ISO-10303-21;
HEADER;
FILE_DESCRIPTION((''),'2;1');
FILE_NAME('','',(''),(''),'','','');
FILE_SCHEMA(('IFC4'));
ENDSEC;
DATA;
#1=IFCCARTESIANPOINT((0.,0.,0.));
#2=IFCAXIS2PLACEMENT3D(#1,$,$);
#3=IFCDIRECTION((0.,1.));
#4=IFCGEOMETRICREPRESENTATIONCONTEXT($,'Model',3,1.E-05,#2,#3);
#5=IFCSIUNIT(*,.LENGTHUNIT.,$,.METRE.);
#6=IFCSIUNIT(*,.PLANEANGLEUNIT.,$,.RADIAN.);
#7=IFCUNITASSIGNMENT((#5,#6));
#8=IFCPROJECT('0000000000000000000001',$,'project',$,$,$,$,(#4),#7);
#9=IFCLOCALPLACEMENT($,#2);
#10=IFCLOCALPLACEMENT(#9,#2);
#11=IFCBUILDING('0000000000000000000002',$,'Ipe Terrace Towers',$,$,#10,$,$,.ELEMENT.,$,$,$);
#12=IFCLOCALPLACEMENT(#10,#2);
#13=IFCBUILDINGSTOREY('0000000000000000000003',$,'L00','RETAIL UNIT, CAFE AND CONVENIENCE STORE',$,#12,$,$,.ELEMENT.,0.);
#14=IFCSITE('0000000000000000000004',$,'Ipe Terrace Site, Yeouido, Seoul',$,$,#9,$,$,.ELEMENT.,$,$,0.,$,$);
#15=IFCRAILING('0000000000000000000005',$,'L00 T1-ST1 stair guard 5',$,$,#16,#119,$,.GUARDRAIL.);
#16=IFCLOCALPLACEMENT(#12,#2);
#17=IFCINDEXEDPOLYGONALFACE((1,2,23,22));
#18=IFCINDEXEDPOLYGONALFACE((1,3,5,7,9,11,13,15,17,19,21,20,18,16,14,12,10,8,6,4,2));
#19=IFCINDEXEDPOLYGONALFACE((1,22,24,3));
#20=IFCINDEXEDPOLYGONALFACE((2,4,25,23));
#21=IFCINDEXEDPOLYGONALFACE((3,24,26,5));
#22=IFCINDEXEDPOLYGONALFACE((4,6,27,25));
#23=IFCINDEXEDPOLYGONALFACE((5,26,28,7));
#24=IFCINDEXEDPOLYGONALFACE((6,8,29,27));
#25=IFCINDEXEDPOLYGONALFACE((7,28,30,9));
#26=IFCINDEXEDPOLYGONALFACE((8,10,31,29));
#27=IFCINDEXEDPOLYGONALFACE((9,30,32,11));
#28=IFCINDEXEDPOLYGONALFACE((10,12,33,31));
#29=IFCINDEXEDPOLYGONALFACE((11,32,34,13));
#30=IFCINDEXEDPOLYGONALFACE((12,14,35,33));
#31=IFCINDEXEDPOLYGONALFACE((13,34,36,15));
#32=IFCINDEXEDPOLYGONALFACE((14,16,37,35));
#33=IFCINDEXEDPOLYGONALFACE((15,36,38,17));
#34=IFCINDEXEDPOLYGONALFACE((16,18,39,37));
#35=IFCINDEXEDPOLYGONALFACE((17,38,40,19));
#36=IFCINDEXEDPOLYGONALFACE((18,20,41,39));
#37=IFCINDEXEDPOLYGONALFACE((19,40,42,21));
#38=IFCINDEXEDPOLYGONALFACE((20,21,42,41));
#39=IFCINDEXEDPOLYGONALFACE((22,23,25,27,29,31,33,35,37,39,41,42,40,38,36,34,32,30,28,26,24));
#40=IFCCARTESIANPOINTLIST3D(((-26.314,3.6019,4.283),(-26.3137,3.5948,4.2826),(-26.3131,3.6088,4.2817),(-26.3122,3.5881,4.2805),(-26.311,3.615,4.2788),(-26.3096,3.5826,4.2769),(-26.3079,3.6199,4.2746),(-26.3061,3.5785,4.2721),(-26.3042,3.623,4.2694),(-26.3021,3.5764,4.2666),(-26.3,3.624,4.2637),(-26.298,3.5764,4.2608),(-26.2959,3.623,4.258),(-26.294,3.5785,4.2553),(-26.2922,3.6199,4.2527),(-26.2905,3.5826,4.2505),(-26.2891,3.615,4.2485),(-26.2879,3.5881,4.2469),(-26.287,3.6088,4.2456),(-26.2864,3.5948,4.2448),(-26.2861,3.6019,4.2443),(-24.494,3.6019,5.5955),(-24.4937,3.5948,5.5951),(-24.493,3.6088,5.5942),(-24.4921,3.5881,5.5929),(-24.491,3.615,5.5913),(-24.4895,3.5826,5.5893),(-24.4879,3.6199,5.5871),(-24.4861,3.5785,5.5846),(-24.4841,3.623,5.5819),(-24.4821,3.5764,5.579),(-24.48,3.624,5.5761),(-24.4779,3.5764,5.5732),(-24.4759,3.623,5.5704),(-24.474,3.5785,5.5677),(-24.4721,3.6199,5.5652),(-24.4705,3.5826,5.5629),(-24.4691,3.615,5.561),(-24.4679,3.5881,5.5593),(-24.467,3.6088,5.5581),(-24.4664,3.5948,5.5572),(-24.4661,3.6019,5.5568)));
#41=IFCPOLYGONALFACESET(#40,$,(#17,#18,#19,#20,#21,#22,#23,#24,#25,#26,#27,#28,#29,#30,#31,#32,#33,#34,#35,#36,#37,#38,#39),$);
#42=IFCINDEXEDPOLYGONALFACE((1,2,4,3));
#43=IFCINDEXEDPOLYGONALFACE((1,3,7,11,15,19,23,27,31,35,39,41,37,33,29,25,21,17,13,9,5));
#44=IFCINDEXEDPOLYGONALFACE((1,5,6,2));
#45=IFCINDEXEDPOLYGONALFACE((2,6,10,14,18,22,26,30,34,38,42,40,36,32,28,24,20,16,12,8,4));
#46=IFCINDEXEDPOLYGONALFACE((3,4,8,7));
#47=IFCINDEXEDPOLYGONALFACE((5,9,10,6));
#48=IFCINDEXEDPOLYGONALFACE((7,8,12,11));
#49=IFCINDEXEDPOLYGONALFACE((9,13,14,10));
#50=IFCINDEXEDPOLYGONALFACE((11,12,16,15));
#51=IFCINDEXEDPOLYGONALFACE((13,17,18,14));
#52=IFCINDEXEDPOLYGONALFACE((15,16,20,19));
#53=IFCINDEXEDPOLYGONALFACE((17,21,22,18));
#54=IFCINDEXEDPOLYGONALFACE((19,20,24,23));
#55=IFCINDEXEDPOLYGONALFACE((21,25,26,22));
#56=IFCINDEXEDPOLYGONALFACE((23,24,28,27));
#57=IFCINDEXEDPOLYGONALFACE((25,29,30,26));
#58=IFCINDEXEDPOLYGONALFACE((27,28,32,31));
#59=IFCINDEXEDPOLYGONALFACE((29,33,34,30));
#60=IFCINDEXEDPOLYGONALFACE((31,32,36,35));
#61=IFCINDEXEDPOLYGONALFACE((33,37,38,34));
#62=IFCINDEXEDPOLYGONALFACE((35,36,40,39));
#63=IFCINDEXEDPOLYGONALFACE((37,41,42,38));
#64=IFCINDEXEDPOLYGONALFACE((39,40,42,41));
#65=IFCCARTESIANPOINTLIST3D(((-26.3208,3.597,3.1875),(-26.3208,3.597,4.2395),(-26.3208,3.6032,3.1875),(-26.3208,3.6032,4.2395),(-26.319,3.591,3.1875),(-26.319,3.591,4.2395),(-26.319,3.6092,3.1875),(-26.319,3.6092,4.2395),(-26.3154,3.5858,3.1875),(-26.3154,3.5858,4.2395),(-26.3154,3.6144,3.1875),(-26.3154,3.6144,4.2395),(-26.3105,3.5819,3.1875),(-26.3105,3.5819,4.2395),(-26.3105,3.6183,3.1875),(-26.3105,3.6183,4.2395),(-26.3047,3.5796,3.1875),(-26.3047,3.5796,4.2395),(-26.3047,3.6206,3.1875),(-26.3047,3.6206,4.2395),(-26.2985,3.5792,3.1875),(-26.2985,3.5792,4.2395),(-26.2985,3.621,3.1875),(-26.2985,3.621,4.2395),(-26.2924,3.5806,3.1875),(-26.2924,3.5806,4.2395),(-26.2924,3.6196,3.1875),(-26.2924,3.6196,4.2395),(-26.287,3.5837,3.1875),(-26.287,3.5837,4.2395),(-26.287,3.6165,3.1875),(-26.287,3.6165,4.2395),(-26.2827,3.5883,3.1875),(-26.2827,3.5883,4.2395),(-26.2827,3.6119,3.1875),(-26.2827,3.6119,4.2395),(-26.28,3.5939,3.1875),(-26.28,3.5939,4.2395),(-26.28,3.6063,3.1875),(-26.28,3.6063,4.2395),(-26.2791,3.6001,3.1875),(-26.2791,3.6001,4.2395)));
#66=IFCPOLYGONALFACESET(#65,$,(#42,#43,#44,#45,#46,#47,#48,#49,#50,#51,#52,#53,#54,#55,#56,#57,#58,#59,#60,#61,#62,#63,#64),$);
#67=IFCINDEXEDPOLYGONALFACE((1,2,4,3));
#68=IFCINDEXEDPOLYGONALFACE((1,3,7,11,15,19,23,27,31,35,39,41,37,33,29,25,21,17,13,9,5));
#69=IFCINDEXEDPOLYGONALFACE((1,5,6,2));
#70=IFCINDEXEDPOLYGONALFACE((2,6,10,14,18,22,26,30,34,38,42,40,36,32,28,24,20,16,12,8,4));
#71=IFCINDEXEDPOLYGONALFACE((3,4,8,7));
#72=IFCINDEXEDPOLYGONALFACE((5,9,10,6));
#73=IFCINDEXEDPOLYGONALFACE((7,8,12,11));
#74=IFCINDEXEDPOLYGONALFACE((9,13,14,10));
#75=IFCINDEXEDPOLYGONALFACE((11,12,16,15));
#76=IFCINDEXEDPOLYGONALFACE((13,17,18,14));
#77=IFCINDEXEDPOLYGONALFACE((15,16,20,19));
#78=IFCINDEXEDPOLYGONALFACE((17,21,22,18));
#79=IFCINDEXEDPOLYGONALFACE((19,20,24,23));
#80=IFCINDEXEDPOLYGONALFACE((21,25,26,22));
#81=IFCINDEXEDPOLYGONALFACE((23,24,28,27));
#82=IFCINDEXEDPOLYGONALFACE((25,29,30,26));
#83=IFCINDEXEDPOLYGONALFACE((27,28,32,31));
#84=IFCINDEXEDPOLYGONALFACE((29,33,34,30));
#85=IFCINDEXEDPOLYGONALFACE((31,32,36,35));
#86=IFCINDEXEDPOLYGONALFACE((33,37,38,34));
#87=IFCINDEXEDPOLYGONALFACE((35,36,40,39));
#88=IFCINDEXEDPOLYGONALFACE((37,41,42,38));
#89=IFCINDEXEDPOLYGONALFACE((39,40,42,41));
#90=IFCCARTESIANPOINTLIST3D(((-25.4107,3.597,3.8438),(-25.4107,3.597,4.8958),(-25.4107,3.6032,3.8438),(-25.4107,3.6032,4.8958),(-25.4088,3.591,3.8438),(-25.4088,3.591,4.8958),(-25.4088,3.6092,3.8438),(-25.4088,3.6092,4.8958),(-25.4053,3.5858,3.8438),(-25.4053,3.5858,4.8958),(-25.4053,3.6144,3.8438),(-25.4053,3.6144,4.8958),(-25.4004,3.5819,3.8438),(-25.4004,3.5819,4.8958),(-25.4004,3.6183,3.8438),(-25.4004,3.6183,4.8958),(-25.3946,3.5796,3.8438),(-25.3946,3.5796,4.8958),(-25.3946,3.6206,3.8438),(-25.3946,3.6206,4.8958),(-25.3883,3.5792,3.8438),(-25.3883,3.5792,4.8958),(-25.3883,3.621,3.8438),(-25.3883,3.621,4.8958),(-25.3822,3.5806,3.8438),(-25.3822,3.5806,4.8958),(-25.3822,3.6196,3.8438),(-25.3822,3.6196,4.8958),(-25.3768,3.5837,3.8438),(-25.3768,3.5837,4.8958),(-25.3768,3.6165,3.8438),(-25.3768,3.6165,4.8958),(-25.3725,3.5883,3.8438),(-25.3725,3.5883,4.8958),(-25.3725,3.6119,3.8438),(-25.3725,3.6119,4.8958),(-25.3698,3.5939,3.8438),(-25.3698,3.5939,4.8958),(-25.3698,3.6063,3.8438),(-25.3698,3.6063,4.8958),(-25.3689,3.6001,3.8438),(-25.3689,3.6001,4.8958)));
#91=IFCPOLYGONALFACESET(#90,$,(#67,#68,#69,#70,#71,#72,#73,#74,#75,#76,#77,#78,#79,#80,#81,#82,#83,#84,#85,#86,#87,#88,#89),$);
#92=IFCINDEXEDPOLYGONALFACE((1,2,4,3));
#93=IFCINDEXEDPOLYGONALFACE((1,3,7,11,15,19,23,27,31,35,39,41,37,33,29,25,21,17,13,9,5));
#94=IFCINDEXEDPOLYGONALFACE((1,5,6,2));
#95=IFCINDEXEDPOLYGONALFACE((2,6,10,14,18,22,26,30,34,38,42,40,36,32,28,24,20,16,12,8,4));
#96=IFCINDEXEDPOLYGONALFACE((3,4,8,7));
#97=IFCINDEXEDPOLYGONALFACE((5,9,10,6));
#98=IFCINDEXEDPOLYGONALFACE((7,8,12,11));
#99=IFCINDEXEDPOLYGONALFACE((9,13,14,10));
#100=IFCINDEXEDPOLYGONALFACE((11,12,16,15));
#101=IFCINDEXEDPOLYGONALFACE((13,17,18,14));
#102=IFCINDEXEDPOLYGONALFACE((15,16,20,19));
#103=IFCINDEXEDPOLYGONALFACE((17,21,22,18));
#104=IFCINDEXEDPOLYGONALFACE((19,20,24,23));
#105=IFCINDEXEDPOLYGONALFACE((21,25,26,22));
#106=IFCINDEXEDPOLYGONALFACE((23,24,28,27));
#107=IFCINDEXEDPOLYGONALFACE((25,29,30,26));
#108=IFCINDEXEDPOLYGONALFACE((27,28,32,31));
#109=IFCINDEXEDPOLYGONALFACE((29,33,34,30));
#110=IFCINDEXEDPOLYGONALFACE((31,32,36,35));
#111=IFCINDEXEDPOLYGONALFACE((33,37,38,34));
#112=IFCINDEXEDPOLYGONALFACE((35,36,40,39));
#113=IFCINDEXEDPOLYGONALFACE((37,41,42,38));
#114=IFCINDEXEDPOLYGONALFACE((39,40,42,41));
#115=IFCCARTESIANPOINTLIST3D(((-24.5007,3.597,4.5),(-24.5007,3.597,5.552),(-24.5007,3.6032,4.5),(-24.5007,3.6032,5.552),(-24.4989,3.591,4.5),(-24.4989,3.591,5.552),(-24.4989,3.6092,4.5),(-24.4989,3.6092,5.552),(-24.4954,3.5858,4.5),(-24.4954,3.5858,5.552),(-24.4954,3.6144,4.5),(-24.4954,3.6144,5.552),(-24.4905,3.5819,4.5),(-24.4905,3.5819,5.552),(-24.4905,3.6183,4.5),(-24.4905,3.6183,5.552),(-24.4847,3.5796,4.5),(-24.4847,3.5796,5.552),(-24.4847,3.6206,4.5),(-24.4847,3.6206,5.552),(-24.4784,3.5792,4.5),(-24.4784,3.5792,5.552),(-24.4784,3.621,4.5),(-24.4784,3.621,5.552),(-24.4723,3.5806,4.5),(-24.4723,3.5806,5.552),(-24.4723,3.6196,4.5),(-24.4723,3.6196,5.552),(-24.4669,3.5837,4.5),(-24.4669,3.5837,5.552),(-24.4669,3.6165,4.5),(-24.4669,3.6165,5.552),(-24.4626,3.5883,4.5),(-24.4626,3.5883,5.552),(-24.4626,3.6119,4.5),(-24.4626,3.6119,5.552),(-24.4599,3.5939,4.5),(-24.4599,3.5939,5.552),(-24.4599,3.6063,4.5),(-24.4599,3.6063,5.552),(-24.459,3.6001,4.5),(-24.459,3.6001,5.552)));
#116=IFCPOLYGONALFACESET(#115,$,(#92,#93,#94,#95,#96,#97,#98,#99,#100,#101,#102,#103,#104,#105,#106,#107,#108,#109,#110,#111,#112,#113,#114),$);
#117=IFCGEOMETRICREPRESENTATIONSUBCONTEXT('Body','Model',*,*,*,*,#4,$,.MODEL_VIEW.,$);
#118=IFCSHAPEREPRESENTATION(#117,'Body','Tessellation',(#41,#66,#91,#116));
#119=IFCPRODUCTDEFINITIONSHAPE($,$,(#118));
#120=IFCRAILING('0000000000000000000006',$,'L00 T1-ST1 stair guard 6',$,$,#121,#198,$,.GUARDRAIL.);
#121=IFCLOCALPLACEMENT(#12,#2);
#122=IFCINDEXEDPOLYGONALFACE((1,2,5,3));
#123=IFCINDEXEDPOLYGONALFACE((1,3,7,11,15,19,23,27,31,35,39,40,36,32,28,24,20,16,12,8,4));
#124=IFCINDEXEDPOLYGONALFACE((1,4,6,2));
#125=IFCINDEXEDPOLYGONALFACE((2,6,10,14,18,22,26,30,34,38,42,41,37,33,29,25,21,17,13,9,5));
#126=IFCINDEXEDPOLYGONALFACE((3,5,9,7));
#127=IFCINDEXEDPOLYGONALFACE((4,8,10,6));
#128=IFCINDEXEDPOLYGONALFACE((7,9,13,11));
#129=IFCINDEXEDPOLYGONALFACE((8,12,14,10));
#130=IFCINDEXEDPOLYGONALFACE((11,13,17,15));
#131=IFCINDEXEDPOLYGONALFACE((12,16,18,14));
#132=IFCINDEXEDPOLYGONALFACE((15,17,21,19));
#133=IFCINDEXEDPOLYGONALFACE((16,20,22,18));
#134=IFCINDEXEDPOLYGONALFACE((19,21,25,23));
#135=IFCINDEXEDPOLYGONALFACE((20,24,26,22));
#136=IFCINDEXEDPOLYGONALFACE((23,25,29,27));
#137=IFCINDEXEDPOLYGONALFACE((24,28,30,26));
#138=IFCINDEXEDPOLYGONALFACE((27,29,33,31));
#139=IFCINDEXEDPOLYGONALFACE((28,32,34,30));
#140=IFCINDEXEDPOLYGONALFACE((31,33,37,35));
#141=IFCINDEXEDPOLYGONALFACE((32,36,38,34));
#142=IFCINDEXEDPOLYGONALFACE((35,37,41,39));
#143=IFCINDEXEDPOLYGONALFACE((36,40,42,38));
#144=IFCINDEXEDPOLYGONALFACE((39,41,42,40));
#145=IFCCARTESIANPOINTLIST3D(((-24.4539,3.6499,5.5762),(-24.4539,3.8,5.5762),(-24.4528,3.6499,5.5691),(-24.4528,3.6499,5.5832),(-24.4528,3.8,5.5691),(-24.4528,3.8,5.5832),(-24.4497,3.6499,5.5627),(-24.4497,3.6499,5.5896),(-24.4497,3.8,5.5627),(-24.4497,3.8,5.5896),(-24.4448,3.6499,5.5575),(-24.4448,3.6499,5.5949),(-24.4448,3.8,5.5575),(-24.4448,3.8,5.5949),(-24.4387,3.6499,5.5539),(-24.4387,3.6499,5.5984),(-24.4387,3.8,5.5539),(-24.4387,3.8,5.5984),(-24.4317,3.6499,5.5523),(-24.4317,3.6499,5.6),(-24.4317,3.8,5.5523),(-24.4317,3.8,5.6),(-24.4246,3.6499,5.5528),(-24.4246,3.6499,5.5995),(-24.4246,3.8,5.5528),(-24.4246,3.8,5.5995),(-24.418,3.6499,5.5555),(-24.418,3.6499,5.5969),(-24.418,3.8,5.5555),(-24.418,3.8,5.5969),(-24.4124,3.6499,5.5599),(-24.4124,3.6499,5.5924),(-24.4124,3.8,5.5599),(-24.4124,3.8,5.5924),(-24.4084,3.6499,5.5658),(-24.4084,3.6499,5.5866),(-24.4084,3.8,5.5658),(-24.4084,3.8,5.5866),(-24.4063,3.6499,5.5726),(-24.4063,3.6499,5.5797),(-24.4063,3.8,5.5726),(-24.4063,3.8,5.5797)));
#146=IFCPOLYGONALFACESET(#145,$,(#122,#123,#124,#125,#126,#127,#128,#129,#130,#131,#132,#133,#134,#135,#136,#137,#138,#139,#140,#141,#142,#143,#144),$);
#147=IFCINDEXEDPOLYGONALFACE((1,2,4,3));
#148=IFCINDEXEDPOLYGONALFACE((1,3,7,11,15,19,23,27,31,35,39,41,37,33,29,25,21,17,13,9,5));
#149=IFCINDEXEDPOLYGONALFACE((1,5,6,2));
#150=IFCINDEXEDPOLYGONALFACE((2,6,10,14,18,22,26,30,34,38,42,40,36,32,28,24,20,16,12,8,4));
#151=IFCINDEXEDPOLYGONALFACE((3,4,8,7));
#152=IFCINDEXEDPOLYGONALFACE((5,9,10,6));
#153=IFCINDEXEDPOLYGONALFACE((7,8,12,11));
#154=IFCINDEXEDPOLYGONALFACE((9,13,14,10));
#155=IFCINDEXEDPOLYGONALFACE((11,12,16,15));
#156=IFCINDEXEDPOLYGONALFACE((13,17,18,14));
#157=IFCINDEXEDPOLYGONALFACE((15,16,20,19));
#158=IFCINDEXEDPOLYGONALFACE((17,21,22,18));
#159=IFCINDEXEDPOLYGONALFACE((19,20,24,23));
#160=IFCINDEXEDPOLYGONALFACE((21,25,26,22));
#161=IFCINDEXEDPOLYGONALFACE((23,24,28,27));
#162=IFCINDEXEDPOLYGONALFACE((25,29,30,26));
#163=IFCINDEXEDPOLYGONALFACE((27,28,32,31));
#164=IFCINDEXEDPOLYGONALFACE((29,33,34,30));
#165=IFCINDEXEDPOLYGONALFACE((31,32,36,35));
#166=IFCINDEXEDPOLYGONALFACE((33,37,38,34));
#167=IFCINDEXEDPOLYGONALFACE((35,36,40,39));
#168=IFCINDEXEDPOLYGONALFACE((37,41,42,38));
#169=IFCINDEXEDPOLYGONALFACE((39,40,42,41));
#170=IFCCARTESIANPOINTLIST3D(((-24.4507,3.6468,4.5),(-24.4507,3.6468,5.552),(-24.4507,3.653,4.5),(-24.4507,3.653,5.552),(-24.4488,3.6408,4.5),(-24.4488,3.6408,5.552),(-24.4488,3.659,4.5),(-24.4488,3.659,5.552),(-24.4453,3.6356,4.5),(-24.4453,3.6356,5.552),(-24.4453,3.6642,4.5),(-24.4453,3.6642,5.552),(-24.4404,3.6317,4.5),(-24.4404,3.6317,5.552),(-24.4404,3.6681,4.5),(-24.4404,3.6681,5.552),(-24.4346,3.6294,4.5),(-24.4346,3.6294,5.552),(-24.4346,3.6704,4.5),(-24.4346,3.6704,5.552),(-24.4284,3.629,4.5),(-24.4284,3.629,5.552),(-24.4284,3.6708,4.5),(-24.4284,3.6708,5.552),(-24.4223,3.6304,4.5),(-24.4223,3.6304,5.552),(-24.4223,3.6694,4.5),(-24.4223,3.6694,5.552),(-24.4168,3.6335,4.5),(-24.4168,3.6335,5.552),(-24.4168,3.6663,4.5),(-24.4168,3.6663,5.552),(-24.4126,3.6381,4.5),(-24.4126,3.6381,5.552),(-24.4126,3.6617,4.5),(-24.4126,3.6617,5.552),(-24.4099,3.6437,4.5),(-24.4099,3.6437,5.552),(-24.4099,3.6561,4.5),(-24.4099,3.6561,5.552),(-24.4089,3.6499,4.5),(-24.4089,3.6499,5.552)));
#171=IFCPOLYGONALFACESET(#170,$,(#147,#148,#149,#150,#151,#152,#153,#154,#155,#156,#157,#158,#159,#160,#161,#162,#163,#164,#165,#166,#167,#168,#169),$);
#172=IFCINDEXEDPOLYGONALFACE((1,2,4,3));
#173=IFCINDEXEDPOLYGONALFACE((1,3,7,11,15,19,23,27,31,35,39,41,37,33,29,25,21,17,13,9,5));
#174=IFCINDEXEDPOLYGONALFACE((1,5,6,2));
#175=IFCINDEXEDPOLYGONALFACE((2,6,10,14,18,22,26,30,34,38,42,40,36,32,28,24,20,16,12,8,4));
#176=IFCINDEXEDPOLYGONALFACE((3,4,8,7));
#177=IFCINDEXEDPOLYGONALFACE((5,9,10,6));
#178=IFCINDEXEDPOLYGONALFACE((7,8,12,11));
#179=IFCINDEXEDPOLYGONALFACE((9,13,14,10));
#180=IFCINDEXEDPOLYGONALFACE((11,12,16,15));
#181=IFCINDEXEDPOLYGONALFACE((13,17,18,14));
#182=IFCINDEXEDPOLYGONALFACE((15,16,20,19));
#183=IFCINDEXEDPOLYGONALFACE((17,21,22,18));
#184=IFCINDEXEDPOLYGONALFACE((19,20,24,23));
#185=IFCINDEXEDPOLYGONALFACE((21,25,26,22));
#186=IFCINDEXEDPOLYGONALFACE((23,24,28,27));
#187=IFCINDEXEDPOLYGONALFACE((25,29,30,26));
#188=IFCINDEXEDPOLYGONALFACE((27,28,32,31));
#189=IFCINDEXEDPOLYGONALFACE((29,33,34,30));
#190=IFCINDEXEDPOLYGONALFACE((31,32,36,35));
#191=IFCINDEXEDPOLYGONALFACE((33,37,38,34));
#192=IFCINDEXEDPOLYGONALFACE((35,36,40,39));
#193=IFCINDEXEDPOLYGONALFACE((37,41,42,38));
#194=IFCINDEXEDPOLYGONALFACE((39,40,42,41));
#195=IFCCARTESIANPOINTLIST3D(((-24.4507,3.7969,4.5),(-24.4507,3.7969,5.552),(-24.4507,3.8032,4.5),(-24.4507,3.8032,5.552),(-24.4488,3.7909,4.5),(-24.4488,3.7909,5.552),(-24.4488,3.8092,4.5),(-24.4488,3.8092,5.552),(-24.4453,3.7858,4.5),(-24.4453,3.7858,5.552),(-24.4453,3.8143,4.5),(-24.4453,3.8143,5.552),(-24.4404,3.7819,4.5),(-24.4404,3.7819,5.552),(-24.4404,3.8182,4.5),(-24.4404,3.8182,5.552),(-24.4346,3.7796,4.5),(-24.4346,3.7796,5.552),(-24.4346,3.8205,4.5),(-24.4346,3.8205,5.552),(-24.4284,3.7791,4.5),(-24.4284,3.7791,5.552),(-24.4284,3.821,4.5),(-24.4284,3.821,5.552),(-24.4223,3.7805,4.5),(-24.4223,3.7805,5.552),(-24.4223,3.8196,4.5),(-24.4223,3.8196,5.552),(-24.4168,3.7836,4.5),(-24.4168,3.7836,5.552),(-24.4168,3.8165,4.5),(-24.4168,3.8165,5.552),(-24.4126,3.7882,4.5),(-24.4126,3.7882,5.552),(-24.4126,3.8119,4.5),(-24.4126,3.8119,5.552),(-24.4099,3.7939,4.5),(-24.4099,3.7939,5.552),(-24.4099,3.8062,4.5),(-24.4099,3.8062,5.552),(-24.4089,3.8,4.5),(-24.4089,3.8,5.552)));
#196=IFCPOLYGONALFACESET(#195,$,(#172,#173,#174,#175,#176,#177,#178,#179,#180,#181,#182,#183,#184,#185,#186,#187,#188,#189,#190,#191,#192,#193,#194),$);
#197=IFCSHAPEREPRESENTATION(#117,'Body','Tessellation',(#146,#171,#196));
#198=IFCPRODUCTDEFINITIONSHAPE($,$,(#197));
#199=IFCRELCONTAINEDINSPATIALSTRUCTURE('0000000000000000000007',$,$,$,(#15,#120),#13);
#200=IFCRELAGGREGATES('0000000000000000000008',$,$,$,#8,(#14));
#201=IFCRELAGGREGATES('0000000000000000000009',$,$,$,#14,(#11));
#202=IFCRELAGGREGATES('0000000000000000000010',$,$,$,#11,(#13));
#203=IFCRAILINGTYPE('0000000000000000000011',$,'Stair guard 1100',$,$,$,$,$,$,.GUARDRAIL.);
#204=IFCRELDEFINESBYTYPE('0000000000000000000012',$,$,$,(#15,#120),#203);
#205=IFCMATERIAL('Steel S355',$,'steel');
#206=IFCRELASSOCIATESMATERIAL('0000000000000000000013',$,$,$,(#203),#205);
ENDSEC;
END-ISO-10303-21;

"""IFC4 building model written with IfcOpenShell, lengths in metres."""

from ifc_helpers import new_model, si_unit, direction, frame, origin, origin_2d, place, context, subcontext, project, spatial, circle, extrude, material, type_object, element, save


model = new_model("IFC4")

# Units and contexts
model_context = context("Model", 3, precision=1e-05, world=origin(), true_north=direction((0.0, 1.0)))
body_context = subcontext(model_context, "Body", "Model", "MODEL_VIEW")
ifc_project = project(units=[si_unit("LENGTHUNIT", "METRE"), si_unit("PLANEANGLEUNIT", "RADIAN")], contexts=[model_context])

# Site, building, storey
site_placement = place(None, origin())
site = spatial("IfcSite", under=ifc_project, at=site_placement, Name="Ipe Terrace Site, Yeouido, Seoul", CompositionType="ELEMENT", RefElevation=0.0)
building_placement = place(site_placement, origin())
building = spatial("IfcBuilding", under=site, at=building_placement, Name="Ipe Terrace Towers", CompositionType="ELEMENT")
storey_placement = place(building_placement, origin())
storey = spatial("IfcBuildingStorey", under=building, at=storey_placement, Name="L00", Description="RETAIL UNIT, CAFE AND CONVENIENCE STORE", CompositionType="ELEMENT", Elevation=0.0)

# Railings
ifc_material_1 = material(Name="Steel S355", Category="steel")
railing_type_1 = type_object("IfcRailingType", Name="Stair guard 1100", PredefinedType="GUARDRAIL", material=ifc_material_1)
railing_1_placement = place(storey_placement, frame((-26.3, 3.6001, 3.1875)))
element("IfcRailing", 1, at=railing_1_placement, inside=storey, type_object=railing_type_1, Name="L00 T1-ST1 stair guard 5", PredefinedType="GUARDRAIL", context=body_context, shape_type="SweptSolid", body=[
    extrude(circle(Radius=0.0239, at=origin_2d()), frame((0.0, 0.0, 1.0762), z_axis=(0.811101, 0.0, 0.584906), x_axis=(0.0, 1.0, 0.0)), (0.0, 0.0, 1.0), 2.2439),
    extrude(circle(Radius=0.021, at=origin_2d()), origin(), (0.0, 0.0, 1.0), 1.052),
    extrude(circle(Radius=0.021, at=origin_2d()), frame((0.9102, 0.0, 0.6562)), (0.0, 0.0, 1.0), 1.052),
    extrude(circle(Radius=0.021, at=origin_2d()), frame((1.8201, 0.0, 1.3125)), (0.0, 0.0, 1.0), 1.052),
])
railing_2_placement = place(storey_placement, frame((-24.4299, 3.6499, 4.5)))
element("IfcRailing", 2, at=railing_2_placement, inside=storey, type_object=railing_type_1, Name="L00 T1-ST1 stair guard 6", PredefinedType="GUARDRAIL", context=body_context, shape_type="SweptSolid", body=[
    extrude(circle(Radius=0.0239, at=origin_2d()), frame((0.0, 0.0, 1.0762), z_axis=(0.0, 1.0, 0.0), x_axis=(-1.0, 0.0, 0.0)), (0.0, 0.0, 1.0), 0.1501),
    extrude(circle(Radius=0.021, at=origin_2d()), origin(), (0.0, 0.0, 1.0), 1.052),
    extrude(circle(Radius=0.021, at=origin_2d()), frame((0.0, 0.1501, 0.0)), (0.0, 0.0, 1.0), 1.052),
])

save(model, "model.ifc")
